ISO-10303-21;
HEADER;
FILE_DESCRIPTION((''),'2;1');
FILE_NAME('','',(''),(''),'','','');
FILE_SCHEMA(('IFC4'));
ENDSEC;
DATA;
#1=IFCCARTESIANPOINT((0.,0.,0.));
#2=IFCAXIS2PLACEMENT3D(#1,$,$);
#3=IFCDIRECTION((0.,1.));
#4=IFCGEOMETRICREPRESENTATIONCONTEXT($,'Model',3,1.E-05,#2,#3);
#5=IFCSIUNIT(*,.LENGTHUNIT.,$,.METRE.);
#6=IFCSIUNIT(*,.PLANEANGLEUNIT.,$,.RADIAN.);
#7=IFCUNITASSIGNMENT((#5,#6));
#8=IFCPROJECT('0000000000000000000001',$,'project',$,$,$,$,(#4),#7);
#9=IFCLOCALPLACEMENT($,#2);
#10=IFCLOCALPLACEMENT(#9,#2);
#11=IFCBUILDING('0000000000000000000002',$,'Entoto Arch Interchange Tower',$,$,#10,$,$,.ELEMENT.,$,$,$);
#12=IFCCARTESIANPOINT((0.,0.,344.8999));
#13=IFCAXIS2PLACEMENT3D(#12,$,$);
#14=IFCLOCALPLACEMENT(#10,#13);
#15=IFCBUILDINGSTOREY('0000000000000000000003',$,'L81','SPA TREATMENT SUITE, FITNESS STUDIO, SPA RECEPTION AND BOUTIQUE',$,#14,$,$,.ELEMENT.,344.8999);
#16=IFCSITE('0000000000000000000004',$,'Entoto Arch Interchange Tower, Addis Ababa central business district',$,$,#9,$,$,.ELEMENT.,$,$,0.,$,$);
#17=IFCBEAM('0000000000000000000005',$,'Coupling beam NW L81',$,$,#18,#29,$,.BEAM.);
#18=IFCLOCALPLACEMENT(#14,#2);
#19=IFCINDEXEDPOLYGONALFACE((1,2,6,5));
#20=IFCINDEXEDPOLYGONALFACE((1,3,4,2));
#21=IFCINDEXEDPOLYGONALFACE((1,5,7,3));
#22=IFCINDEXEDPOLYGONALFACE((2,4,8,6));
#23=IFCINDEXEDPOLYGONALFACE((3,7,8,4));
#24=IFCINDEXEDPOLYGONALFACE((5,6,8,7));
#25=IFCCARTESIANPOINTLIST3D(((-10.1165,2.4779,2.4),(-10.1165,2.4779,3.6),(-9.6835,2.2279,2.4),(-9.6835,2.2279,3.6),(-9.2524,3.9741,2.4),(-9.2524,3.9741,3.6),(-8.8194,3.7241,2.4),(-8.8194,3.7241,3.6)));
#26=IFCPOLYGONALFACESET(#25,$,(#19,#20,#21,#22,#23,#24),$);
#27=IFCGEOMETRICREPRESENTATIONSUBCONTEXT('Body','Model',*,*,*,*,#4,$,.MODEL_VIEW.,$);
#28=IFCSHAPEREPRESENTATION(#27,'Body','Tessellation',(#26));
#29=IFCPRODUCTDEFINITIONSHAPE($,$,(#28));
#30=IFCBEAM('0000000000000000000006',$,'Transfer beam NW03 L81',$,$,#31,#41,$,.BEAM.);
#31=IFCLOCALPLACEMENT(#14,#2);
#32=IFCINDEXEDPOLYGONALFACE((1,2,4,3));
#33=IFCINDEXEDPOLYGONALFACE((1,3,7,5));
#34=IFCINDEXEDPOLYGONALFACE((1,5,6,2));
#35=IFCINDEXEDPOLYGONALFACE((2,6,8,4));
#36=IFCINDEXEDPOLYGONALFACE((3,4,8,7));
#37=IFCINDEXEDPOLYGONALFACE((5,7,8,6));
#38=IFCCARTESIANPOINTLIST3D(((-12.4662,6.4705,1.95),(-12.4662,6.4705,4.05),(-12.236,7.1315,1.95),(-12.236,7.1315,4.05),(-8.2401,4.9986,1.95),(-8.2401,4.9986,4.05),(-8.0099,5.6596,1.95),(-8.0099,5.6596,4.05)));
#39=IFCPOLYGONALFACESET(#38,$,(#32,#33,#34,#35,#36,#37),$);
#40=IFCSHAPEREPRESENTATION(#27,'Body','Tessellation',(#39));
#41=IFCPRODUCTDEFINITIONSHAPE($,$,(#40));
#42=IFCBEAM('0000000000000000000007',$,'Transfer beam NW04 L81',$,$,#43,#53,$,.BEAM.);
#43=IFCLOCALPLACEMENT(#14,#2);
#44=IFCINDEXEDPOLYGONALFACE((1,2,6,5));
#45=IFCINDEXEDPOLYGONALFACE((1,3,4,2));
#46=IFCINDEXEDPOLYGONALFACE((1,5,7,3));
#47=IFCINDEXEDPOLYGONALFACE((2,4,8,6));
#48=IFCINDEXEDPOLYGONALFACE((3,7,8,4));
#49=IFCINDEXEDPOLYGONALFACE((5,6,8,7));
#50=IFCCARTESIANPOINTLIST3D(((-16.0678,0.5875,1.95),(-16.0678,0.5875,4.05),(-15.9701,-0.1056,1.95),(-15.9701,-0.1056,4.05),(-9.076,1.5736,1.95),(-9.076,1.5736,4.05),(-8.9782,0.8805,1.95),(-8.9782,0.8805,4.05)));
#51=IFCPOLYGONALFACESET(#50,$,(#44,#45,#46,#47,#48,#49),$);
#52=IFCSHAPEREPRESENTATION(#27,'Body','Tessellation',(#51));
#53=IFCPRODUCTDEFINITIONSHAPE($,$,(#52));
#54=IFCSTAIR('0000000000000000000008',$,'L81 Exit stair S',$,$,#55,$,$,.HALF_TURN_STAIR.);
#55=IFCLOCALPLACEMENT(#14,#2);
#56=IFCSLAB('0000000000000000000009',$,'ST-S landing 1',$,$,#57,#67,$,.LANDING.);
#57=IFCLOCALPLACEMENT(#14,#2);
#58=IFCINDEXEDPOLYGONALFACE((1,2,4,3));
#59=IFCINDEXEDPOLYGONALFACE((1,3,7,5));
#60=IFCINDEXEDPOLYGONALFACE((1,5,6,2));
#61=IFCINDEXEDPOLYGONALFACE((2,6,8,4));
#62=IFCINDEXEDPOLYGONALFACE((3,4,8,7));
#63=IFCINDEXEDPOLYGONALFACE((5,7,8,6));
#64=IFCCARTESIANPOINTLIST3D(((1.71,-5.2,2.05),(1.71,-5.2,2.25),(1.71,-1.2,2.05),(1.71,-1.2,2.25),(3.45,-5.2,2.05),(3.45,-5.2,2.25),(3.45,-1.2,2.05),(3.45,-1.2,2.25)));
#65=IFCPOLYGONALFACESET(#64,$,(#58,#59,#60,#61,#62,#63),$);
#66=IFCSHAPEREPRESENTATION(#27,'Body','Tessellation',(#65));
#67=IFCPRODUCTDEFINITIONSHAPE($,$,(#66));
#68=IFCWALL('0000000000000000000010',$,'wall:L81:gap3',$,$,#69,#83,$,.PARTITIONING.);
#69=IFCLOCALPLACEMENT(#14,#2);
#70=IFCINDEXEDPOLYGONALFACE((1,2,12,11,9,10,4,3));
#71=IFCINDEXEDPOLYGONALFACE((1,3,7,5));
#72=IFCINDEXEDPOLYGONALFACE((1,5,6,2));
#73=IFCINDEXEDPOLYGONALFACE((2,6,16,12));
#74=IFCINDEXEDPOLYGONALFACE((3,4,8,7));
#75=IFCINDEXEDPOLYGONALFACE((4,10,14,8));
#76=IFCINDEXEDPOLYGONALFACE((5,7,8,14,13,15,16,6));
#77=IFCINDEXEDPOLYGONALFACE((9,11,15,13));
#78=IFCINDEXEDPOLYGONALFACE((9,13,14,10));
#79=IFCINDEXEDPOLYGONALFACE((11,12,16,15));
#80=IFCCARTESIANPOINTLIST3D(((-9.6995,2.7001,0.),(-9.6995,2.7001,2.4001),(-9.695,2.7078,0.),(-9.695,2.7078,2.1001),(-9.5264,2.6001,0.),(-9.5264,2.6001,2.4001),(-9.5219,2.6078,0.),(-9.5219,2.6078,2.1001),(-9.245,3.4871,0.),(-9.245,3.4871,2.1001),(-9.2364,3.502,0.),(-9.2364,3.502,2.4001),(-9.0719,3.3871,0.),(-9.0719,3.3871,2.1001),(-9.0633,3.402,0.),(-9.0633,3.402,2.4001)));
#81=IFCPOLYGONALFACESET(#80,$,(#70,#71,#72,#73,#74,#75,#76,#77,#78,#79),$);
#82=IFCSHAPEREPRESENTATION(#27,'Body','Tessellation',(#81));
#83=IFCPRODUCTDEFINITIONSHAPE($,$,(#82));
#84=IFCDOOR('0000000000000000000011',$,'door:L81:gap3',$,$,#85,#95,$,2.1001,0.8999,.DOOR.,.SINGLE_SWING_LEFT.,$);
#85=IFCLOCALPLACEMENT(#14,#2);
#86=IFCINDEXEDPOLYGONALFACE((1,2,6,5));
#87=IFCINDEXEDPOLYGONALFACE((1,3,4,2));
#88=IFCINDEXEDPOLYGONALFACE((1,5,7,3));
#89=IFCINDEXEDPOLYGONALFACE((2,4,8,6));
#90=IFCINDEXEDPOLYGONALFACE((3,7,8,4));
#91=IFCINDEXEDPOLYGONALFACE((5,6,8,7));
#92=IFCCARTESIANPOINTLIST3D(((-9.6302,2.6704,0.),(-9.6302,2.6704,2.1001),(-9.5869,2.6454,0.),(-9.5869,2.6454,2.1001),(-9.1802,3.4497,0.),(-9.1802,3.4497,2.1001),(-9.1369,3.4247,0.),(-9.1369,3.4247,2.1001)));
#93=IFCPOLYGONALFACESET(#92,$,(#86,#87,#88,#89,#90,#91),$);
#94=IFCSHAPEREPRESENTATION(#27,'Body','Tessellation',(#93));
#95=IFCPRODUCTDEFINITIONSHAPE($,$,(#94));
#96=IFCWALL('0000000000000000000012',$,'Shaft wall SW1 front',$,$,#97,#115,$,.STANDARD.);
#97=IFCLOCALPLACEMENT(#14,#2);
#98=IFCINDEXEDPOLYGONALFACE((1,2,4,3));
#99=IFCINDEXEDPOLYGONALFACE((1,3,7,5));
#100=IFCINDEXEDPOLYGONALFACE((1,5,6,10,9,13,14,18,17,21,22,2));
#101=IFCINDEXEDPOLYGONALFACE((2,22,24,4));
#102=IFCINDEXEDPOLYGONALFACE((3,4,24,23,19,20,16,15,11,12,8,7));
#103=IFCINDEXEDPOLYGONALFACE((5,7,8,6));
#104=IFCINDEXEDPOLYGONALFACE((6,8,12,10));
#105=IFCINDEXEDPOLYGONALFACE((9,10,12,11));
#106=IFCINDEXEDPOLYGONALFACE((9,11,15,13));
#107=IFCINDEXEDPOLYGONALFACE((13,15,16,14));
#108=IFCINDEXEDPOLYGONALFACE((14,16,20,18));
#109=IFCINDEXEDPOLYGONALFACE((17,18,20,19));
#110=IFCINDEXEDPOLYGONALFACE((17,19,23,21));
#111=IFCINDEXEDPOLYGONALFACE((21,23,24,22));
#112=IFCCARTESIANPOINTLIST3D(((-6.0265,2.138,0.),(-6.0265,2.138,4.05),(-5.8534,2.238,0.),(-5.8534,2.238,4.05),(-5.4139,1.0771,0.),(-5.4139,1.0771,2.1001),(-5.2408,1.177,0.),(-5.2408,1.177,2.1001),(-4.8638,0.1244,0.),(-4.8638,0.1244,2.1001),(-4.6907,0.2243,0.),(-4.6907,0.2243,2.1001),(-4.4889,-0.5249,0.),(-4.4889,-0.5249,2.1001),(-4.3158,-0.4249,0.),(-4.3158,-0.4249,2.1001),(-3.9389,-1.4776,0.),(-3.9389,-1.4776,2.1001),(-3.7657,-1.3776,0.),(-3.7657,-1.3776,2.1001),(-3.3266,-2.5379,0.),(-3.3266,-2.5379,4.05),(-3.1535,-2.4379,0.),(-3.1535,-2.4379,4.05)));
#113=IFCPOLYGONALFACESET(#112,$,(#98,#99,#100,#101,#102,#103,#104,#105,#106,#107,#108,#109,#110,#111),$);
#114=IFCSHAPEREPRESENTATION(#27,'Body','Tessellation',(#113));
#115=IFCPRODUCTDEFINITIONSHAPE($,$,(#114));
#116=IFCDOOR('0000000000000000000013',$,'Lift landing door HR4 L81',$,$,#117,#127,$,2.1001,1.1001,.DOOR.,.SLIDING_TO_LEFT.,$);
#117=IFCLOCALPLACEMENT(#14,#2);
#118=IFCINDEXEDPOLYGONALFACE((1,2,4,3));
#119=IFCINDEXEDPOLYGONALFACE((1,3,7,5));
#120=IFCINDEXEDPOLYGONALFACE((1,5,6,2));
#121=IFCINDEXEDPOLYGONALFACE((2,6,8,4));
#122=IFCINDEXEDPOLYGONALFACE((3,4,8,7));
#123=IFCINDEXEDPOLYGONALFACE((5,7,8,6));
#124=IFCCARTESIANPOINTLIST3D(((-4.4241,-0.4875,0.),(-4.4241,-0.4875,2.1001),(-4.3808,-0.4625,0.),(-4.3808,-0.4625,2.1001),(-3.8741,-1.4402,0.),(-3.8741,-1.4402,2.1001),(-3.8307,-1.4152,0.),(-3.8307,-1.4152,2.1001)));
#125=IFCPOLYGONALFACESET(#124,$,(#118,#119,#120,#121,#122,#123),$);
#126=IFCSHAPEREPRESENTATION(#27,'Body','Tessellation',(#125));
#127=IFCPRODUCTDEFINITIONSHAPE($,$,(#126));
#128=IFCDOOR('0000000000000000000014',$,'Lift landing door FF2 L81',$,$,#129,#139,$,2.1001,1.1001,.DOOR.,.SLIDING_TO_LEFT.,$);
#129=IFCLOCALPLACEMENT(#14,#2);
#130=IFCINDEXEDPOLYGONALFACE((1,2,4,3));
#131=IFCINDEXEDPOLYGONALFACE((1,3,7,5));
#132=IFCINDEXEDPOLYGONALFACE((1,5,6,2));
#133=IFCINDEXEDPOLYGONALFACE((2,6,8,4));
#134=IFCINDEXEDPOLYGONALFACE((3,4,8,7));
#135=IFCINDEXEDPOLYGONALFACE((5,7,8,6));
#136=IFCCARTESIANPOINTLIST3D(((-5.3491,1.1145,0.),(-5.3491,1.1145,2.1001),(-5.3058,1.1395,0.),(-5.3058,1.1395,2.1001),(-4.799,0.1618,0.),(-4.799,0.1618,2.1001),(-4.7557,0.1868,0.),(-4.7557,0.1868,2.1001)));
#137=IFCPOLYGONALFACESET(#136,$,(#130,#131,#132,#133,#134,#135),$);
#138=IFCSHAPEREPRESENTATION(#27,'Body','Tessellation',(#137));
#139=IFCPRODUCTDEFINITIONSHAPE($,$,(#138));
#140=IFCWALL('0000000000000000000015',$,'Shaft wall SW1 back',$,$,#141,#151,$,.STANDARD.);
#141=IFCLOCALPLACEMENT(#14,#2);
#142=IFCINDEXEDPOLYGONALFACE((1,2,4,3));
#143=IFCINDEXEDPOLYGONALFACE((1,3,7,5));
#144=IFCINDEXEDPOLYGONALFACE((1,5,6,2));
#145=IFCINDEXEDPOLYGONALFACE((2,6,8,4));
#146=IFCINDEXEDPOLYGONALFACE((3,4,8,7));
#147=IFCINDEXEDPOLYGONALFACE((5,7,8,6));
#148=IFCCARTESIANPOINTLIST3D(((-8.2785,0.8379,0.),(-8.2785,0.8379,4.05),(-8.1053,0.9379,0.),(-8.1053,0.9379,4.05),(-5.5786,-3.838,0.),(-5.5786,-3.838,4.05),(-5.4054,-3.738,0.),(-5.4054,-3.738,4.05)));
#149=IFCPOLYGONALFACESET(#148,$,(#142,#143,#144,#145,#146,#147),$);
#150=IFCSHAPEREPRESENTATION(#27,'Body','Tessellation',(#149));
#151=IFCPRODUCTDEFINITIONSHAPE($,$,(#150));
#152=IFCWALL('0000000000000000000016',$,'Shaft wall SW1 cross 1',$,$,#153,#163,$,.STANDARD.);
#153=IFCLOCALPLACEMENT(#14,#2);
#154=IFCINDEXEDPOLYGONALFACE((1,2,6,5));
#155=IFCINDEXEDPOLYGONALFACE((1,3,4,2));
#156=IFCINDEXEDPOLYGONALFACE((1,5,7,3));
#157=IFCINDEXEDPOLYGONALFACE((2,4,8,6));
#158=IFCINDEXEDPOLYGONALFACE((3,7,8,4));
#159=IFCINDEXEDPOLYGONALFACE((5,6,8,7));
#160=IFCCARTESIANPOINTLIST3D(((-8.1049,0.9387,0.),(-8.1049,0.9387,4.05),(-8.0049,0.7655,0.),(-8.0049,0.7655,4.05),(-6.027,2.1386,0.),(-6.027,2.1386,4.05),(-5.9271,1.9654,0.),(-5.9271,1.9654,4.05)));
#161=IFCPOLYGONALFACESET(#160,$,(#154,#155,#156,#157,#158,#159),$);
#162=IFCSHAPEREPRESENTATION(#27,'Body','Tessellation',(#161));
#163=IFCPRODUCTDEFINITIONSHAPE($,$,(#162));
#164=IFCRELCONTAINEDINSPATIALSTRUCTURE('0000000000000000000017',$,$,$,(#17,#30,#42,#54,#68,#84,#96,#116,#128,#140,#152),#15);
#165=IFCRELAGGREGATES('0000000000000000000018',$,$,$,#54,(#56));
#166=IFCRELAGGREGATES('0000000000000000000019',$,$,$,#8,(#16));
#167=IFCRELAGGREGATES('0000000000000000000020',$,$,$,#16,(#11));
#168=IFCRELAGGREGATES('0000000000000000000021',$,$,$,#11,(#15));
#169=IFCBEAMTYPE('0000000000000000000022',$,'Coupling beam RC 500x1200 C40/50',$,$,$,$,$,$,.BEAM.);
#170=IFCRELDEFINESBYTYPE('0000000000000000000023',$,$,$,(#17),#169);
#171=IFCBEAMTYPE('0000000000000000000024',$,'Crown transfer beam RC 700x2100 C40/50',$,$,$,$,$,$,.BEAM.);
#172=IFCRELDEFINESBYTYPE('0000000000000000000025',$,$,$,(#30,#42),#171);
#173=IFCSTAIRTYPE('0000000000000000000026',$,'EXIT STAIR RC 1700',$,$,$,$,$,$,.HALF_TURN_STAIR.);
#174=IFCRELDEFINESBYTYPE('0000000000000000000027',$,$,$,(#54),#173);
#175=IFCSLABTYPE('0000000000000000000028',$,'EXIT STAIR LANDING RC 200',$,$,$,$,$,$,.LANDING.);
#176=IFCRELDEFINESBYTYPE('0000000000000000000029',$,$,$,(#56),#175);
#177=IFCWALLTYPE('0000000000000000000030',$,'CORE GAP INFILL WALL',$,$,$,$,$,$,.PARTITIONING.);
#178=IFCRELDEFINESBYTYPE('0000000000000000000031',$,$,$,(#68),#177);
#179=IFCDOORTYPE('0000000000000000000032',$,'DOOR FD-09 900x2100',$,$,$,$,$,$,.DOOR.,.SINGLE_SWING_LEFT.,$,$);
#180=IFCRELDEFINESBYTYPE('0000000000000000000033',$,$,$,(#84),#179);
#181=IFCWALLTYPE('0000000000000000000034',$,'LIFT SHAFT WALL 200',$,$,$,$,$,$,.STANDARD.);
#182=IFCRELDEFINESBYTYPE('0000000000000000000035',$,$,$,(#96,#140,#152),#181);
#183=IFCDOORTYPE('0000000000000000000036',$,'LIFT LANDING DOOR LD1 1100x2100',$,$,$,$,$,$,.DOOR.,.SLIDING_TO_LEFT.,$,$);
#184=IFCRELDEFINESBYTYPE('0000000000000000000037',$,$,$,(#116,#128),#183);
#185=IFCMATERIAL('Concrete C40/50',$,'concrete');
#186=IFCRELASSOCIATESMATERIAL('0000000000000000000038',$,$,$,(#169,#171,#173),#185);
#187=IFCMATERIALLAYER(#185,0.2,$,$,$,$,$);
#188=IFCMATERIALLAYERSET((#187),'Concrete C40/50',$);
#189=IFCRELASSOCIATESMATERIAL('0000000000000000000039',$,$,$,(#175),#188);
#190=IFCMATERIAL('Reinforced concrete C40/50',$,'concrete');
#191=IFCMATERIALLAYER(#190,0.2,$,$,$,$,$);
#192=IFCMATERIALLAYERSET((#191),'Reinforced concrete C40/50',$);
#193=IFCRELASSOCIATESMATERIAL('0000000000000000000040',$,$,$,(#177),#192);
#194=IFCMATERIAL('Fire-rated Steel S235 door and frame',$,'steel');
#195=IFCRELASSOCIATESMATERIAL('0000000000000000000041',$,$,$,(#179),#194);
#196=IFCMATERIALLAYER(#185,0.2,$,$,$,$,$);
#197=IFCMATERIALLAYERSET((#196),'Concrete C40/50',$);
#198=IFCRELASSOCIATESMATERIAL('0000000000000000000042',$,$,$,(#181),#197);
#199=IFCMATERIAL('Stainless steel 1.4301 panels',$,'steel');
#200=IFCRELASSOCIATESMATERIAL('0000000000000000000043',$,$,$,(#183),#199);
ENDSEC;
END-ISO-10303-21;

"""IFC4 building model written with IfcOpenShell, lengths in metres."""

from ifc_helpers import new_model, si_unit, direction, frame, frame_2d, origin, origin_2d, place, context, subcontext, project, spatial, polyline, rectangle, outline, extrude, material, layer, layer_set, material_profile, profile_set, type_object, element, fill, aggregate, save


model = new_model("IFC4")

# Units and contexts
model_context = context("Model", 3, precision=1e-05, world=origin(), true_north=direction((0.0, 1.0)))
body_context = subcontext(model_context, "Body", "Model", "MODEL_VIEW")
ifc_project = project(units=[si_unit("LENGTHUNIT", "METRE"), si_unit("PLANEANGLEUNIT", "RADIAN")], contexts=[model_context])

# Site, building, storey
site_placement = place(None, origin())
site = spatial("IfcSite", under=ifc_project, at=site_placement, Name="Entoto Arch Interchange Tower, Addis Ababa central business district", CompositionType="ELEMENT", RefElevation=0.0)
building_placement = place(site_placement, origin())
building = spatial("IfcBuilding", under=site, at=building_placement, Name="Entoto Arch Interchange Tower", CompositionType="ELEMENT")
storey_placement = place(building_placement, frame((0.0, 0.0, 344.8999)))
storey = spatial("IfcBuildingStorey", under=building, at=storey_placement, Name="L81", Description="SPA TREATMENT SUITE, FITNESS STUDIO, SPA RECEPTION AND BOUTIQUE", CompositionType="ELEMENT", Elevation=344.8999)

# Beams
ifc_material_1 = material(Name="Concrete C40/50", Category="concrete")
ifc_material_profile_1 = material_profile(ifc_material_1, rectangle(XDim=0.5, YDim=1.2, at=origin_2d()))
ifc_profile_set_1 = profile_set([ifc_material_profile_1], Name="Concrete C40/50")
beam_type_1 = type_object("IfcBeamType", Name="Coupling beam RC 500x1200 C40/50", PredefinedType="BEAM", material=ifc_profile_set_1)
beam_1_placement = place(storey_placement, frame((-9.0359, 3.8491, 3.0), z_axis=(-0.500106, -0.865964, 0.0), x_axis=(0.865964, -0.500106, 0.0)))
element("IfcBeam", 1, at=beam_1_placement, inside=storey, type_object=beam_type_1, Name="Coupling beam NW L81", PredefinedType="BEAM", context=body_context, shape_type="SweptSolid", body=[
    extrude(rectangle(XDim=0.5, YDim=1.2, at=origin_2d()), origin(), (0.0, 0.0, 1.0), 1.7278),
])
ifc_material_profile_2 = material_profile(ifc_material_1, rectangle(XDim=0.7, YDim=2.1001, at=origin_2d()))
ifc_profile_set_2 = profile_set([ifc_material_profile_2], Name="Concrete C40/50")
beam_type_2 = type_object("IfcBeamType", Name="Crown transfer beam RC 700x2100 C40/50", PredefinedType="BEAM", material=ifc_profile_set_2)
beam_2_placement = place(storey_placement, frame((-8.125, 5.3291, 3.0), z_axis=(-0.944359, 0.328916, 0.0), x_axis=(-0.328916, -0.944359, 0.0)))
element("IfcBeam", 2, at=beam_2_placement, inside=storey, type_object=beam_type_2, Name="Transfer beam NW03 L81", PredefinedType="BEAM", context=body_context, shape_type="SweptSolid", body=[
    extrude(rectangle(XDim=0.7, YDim=2.1001, at=origin_2d()), origin(), (0.0, 0.0, 1.0), 4.4751),
])
beam_3_placement = place(storey_placement, frame((-9.0271, 1.2271, 3.0), z_axis=(-0.990201, -0.139649, 0.0), x_axis=(0.139649, -0.990201, 0.0)))
element("IfcBeam", 3, at=beam_3_placement, inside=storey, type_object=beam_type_2, Name="Transfer beam NW04 L81", PredefinedType="BEAM", context=body_context, shape_type="SweptSolid", body=[
    extrude(rectangle(XDim=0.7, YDim=2.1001, at=origin_2d()), origin(), (0.0, 0.0, 1.0), 7.061),
])

# Stair, slab
stair_type = type_object("IfcStairType", Name="EXIT STAIR RC 1700", PredefinedType="HALF_TURN_STAIR", material=ifc_material_1)
stair_1_placement = place(storey_placement, origin())
stair_1 = element("IfcStair", 4, at=stair_1_placement, inside=storey, type_object=stair_type, Name="L81 Exit stair S", PredefinedType="HALF_TURN_STAIR")
ifc_layer_1 = layer(ifc_material_1, 0.2)
ifc_layer_set_1 = layer_set([ifc_layer_1], Name="Concrete C40/50")
slab_type = type_object("IfcSlabType", Name="EXIT STAIR LANDING RC 200", PredefinedType="LANDING", material=ifc_layer_set_1)
slab_placement = place(storey_placement, frame((0.0, 0.0, 2.05)))
slab = element("IfcSlab", 5, at=slab_placement, type_object=slab_type, Name="ST-S landing 1", PredefinedType="LANDING", context=body_context, shape_type="SweptSolid", body=[
    extrude(outline(polyline([(1.71, -5.2), (3.45, -5.2), (3.45, -1.2), (1.71, -1.2), (1.71, -5.2)])), origin(), (0.0, 0.0, 1.0), 0.2),
])
aggregate(stair_1, [slab])

# Wall, opening, door
ifc_material_2 = material(Name="Reinforced concrete C40/50", Category="concrete")
ifc_layer_2 = layer(ifc_material_2, 0.2)
ifc_layer_set_2 = layer_set([ifc_layer_2], Name="Reinforced concrete C40/50")
wall_type_1 = type_object("IfcWallType", Name="CORE GAP INFILL WALL", PredefinedType="PARTITIONING", material=ifc_layer_set_2)
wall_1_placement = place(storey_placement, frame((-9.1499, 3.4519, 0.0), z_axis=(0.0, 0.0, 1.0), x_axis=(-0.50008, -0.865979, 0.0)))
wall_1 = element("IfcWall", 6, at=wall_1_placement, inside=storey, type_object=wall_type_1, Name="wall:L81:gap3", PredefinedType="PARTITIONING", context=body_context, shape_type="SweptSolid", body=[
    extrude(rectangle(XDim=0.926, YDim=0.2, at=frame_2d((0.4629, 0.0))), origin(), (0.0, 0.0, 1.0), 2.4001),
])
opening_1_placement = place(wall_1_placement, frame((0.0171, 0.0, 0.0)))
opening_1 = element("IfcOpeningElement", 7, at=opening_1_placement, cuts=wall_1, PredefinedType="OPENING", context=body_context, shape_type="SweptSolid", body=[
    extrude(rectangle(XDim=0.8999, YDim=2.1001, at=frame_2d((0.45, 1.05))), frame((0.0, 0.1099, 0.0), z_axis=(0.0, -1.0, 0.0), x_axis=(1.0, 0.0, 0.0)), (0.0, 0.0, 1.0), 0.22),
])
ifc_material_3 = material(Name="Fire-rated Steel S235 door and frame", Category="steel")
door_type_1 = type_object("IfcDoorType", Name="DOOR FD-09 900x2100", OperationType="SINGLE_SWING_LEFT", PredefinedType="DOOR", material=ifc_material_3)
door_1_placement = place(opening_1_placement, origin())
door_1 = element("IfcDoor", 8, at=door_1_placement, inside=storey, type_object=door_type_1, Name="door:L81:gap3", OperationType="SINGLE_SWING_LEFT", OverallHeight=2.1001, OverallWidth=0.8999, PredefinedType="DOOR", context=body_context, shape_type="SweptSolid", body=[
    extrude(rectangle(XDim=0.8999, YDim=2.1001, at=frame_2d((0.45, 1.05))), frame((0.0, 0.0249, 0.0), z_axis=(0.0, -1.0, 0.0), x_axis=(1.0, 0.0, 0.0)), (0.0, 0.0, 1.0), 0.05),
])
fill(opening_1, door_1)

# Wall, openings, doors
ifc_layer_3 = layer(ifc_material_1, 0.2)
ifc_layer_set_3 = layer_set([ifc_layer_3], Name="Concrete C40/50")
wall_type_2 = type_object("IfcWallType", Name="LIFT SHAFT WALL 200", PredefinedType="STANDARD", material=ifc_layer_set_3)
wall_2_placement = place(storey_placement, frame((-5.9399, 2.188, 0.0), z_axis=(0.0, 0.0, 1.0), x_axis=(0.500034, -0.866006, 0.0)))
wall_2 = element("IfcWall", 9, at=wall_2_placement, inside=storey, type_object=wall_type_2, Name="Shaft wall SW1 front", PredefinedType="STANDARD", context=body_context, shape_type="SweptSolid", body=[
    extrude(rectangle(XDim=5.3994, YDim=0.2, at=frame_2d((2.6997, 0.0))), origin(), (0.0, 0.0, 1.0), 4.05),
])
opening_2_placement = place(wall_2_placement, frame((3.075, 0.0, 0.0)))
opening_2 = element("IfcOpeningElement", 10, at=opening_2_placement, cuts=wall_2, PredefinedType="OPENING", context=body_context, shape_type="SweptSolid", body=[
    extrude(rectangle(XDim=1.1001, YDim=2.1001, at=frame_2d((0.55, 1.05))), frame((0.0, 0.1099, 0.0), z_axis=(0.0, -1.0, 0.0), x_axis=(1.0, 0.0, 0.0)), (0.0, 0.0, 1.0), 0.22),
])
opening_3_placement = place(wall_2_placement, frame((1.2251, 0.0, 0.0)))
opening_3 = element("IfcOpeningElement", 11, at=opening_3_placement, cuts=wall_2, PredefinedType="OPENING", context=body_context, shape_type="SweptSolid", body=[
    extrude(rectangle(XDim=1.1001, YDim=2.1001, at=frame_2d((0.55, 1.05))), frame((0.0, 0.1099, 0.0), z_axis=(0.0, -1.0, 0.0), x_axis=(1.0, 0.0, 0.0)), (0.0, 0.0, 1.0), 0.22),
])
ifc_material_4 = material(Name="Stainless steel 1.4301 panels", Category="steel")
door_type_2 = type_object("IfcDoorType", Name="LIFT LANDING DOOR LD1 1100x2100", OperationType="SLIDING_TO_LEFT", PredefinedType="DOOR", material=ifc_material_4)
door_2_placement = place(opening_2_placement, origin())
door_2 = element("IfcDoor", 12, at=door_2_placement, inside=storey, type_object=door_type_2, Name="Lift landing door HR4 L81", OperationType="SLIDING_TO_LEFT", OverallHeight=2.1001, OverallWidth=1.1001, PredefinedType="DOOR", context=body_context, shape_type="SweptSolid", body=[
    extrude(rectangle(XDim=1.1001, YDim=2.1001, at=frame_2d((0.55, 1.05))), frame((0.0, 0.0249, 0.0), z_axis=(0.0, -1.0, 0.0), x_axis=(1.0, 0.0, 0.0)), (0.0, 0.0, 1.0), 0.05),
])
fill(opening_2, door_2)
door_3_placement = place(opening_3_placement, origin())
door_3 = element("IfcDoor", 13, at=door_3_placement, inside=storey, type_object=door_type_2, Name="Lift landing door FF2 L81", OperationType="SLIDING_TO_LEFT", OverallHeight=2.1001, OverallWidth=1.1001, PredefinedType="DOOR", context=body_context, shape_type="SweptSolid", body=[
    extrude(rectangle(XDim=1.1001, YDim=2.1001, at=frame_2d((0.55, 1.05))), frame((0.0, 0.0249, 0.0), z_axis=(0.0, -1.0, 0.0), x_axis=(1.0, 0.0, 0.0)), (0.0, 0.0, 1.0), 0.05),
])
fill(opening_3, door_3)

# Walls
wall_3_placement = place(storey_placement, frame((-8.1919, 0.8879, 0.0), z_axis=(0.0, 0.0, 1.0), x_axis=(0.500034, -0.866006, 0.0)))
element("IfcWall", 14, at=wall_3_placement, inside=storey, type_object=wall_type_2, Name="Shaft wall SW1 back", PredefinedType="STANDARD", context=body_context, shape_type="SweptSolid", body=[
    extrude(rectangle(XDim=5.3994, YDim=0.2, at=frame_2d((2.6997, 0.0))), origin(), (0.0, 0.0, 1.0), 4.05),
])
wall_4_placement = place(storey_placement, frame((-5.9771, 2.052, 0.0), z_axis=(0.0, 0.0, 1.0), x_axis=(-0.865974, -0.500089, 0.0)))
element("IfcWall", 15, at=wall_4_placement, inside=storey, type_object=wall_type_2, Name="Shaft wall SW1 cross 1", PredefinedType="STANDARD", context=body_context, shape_type="SweptSolid", body=[
    extrude(rectangle(XDim=2.3994, YDim=0.2, at=frame_2d((1.1997, 0.0))), origin(), (0.0, 0.0, 1.0), 4.05),
])

save(model, "model.ifc")
